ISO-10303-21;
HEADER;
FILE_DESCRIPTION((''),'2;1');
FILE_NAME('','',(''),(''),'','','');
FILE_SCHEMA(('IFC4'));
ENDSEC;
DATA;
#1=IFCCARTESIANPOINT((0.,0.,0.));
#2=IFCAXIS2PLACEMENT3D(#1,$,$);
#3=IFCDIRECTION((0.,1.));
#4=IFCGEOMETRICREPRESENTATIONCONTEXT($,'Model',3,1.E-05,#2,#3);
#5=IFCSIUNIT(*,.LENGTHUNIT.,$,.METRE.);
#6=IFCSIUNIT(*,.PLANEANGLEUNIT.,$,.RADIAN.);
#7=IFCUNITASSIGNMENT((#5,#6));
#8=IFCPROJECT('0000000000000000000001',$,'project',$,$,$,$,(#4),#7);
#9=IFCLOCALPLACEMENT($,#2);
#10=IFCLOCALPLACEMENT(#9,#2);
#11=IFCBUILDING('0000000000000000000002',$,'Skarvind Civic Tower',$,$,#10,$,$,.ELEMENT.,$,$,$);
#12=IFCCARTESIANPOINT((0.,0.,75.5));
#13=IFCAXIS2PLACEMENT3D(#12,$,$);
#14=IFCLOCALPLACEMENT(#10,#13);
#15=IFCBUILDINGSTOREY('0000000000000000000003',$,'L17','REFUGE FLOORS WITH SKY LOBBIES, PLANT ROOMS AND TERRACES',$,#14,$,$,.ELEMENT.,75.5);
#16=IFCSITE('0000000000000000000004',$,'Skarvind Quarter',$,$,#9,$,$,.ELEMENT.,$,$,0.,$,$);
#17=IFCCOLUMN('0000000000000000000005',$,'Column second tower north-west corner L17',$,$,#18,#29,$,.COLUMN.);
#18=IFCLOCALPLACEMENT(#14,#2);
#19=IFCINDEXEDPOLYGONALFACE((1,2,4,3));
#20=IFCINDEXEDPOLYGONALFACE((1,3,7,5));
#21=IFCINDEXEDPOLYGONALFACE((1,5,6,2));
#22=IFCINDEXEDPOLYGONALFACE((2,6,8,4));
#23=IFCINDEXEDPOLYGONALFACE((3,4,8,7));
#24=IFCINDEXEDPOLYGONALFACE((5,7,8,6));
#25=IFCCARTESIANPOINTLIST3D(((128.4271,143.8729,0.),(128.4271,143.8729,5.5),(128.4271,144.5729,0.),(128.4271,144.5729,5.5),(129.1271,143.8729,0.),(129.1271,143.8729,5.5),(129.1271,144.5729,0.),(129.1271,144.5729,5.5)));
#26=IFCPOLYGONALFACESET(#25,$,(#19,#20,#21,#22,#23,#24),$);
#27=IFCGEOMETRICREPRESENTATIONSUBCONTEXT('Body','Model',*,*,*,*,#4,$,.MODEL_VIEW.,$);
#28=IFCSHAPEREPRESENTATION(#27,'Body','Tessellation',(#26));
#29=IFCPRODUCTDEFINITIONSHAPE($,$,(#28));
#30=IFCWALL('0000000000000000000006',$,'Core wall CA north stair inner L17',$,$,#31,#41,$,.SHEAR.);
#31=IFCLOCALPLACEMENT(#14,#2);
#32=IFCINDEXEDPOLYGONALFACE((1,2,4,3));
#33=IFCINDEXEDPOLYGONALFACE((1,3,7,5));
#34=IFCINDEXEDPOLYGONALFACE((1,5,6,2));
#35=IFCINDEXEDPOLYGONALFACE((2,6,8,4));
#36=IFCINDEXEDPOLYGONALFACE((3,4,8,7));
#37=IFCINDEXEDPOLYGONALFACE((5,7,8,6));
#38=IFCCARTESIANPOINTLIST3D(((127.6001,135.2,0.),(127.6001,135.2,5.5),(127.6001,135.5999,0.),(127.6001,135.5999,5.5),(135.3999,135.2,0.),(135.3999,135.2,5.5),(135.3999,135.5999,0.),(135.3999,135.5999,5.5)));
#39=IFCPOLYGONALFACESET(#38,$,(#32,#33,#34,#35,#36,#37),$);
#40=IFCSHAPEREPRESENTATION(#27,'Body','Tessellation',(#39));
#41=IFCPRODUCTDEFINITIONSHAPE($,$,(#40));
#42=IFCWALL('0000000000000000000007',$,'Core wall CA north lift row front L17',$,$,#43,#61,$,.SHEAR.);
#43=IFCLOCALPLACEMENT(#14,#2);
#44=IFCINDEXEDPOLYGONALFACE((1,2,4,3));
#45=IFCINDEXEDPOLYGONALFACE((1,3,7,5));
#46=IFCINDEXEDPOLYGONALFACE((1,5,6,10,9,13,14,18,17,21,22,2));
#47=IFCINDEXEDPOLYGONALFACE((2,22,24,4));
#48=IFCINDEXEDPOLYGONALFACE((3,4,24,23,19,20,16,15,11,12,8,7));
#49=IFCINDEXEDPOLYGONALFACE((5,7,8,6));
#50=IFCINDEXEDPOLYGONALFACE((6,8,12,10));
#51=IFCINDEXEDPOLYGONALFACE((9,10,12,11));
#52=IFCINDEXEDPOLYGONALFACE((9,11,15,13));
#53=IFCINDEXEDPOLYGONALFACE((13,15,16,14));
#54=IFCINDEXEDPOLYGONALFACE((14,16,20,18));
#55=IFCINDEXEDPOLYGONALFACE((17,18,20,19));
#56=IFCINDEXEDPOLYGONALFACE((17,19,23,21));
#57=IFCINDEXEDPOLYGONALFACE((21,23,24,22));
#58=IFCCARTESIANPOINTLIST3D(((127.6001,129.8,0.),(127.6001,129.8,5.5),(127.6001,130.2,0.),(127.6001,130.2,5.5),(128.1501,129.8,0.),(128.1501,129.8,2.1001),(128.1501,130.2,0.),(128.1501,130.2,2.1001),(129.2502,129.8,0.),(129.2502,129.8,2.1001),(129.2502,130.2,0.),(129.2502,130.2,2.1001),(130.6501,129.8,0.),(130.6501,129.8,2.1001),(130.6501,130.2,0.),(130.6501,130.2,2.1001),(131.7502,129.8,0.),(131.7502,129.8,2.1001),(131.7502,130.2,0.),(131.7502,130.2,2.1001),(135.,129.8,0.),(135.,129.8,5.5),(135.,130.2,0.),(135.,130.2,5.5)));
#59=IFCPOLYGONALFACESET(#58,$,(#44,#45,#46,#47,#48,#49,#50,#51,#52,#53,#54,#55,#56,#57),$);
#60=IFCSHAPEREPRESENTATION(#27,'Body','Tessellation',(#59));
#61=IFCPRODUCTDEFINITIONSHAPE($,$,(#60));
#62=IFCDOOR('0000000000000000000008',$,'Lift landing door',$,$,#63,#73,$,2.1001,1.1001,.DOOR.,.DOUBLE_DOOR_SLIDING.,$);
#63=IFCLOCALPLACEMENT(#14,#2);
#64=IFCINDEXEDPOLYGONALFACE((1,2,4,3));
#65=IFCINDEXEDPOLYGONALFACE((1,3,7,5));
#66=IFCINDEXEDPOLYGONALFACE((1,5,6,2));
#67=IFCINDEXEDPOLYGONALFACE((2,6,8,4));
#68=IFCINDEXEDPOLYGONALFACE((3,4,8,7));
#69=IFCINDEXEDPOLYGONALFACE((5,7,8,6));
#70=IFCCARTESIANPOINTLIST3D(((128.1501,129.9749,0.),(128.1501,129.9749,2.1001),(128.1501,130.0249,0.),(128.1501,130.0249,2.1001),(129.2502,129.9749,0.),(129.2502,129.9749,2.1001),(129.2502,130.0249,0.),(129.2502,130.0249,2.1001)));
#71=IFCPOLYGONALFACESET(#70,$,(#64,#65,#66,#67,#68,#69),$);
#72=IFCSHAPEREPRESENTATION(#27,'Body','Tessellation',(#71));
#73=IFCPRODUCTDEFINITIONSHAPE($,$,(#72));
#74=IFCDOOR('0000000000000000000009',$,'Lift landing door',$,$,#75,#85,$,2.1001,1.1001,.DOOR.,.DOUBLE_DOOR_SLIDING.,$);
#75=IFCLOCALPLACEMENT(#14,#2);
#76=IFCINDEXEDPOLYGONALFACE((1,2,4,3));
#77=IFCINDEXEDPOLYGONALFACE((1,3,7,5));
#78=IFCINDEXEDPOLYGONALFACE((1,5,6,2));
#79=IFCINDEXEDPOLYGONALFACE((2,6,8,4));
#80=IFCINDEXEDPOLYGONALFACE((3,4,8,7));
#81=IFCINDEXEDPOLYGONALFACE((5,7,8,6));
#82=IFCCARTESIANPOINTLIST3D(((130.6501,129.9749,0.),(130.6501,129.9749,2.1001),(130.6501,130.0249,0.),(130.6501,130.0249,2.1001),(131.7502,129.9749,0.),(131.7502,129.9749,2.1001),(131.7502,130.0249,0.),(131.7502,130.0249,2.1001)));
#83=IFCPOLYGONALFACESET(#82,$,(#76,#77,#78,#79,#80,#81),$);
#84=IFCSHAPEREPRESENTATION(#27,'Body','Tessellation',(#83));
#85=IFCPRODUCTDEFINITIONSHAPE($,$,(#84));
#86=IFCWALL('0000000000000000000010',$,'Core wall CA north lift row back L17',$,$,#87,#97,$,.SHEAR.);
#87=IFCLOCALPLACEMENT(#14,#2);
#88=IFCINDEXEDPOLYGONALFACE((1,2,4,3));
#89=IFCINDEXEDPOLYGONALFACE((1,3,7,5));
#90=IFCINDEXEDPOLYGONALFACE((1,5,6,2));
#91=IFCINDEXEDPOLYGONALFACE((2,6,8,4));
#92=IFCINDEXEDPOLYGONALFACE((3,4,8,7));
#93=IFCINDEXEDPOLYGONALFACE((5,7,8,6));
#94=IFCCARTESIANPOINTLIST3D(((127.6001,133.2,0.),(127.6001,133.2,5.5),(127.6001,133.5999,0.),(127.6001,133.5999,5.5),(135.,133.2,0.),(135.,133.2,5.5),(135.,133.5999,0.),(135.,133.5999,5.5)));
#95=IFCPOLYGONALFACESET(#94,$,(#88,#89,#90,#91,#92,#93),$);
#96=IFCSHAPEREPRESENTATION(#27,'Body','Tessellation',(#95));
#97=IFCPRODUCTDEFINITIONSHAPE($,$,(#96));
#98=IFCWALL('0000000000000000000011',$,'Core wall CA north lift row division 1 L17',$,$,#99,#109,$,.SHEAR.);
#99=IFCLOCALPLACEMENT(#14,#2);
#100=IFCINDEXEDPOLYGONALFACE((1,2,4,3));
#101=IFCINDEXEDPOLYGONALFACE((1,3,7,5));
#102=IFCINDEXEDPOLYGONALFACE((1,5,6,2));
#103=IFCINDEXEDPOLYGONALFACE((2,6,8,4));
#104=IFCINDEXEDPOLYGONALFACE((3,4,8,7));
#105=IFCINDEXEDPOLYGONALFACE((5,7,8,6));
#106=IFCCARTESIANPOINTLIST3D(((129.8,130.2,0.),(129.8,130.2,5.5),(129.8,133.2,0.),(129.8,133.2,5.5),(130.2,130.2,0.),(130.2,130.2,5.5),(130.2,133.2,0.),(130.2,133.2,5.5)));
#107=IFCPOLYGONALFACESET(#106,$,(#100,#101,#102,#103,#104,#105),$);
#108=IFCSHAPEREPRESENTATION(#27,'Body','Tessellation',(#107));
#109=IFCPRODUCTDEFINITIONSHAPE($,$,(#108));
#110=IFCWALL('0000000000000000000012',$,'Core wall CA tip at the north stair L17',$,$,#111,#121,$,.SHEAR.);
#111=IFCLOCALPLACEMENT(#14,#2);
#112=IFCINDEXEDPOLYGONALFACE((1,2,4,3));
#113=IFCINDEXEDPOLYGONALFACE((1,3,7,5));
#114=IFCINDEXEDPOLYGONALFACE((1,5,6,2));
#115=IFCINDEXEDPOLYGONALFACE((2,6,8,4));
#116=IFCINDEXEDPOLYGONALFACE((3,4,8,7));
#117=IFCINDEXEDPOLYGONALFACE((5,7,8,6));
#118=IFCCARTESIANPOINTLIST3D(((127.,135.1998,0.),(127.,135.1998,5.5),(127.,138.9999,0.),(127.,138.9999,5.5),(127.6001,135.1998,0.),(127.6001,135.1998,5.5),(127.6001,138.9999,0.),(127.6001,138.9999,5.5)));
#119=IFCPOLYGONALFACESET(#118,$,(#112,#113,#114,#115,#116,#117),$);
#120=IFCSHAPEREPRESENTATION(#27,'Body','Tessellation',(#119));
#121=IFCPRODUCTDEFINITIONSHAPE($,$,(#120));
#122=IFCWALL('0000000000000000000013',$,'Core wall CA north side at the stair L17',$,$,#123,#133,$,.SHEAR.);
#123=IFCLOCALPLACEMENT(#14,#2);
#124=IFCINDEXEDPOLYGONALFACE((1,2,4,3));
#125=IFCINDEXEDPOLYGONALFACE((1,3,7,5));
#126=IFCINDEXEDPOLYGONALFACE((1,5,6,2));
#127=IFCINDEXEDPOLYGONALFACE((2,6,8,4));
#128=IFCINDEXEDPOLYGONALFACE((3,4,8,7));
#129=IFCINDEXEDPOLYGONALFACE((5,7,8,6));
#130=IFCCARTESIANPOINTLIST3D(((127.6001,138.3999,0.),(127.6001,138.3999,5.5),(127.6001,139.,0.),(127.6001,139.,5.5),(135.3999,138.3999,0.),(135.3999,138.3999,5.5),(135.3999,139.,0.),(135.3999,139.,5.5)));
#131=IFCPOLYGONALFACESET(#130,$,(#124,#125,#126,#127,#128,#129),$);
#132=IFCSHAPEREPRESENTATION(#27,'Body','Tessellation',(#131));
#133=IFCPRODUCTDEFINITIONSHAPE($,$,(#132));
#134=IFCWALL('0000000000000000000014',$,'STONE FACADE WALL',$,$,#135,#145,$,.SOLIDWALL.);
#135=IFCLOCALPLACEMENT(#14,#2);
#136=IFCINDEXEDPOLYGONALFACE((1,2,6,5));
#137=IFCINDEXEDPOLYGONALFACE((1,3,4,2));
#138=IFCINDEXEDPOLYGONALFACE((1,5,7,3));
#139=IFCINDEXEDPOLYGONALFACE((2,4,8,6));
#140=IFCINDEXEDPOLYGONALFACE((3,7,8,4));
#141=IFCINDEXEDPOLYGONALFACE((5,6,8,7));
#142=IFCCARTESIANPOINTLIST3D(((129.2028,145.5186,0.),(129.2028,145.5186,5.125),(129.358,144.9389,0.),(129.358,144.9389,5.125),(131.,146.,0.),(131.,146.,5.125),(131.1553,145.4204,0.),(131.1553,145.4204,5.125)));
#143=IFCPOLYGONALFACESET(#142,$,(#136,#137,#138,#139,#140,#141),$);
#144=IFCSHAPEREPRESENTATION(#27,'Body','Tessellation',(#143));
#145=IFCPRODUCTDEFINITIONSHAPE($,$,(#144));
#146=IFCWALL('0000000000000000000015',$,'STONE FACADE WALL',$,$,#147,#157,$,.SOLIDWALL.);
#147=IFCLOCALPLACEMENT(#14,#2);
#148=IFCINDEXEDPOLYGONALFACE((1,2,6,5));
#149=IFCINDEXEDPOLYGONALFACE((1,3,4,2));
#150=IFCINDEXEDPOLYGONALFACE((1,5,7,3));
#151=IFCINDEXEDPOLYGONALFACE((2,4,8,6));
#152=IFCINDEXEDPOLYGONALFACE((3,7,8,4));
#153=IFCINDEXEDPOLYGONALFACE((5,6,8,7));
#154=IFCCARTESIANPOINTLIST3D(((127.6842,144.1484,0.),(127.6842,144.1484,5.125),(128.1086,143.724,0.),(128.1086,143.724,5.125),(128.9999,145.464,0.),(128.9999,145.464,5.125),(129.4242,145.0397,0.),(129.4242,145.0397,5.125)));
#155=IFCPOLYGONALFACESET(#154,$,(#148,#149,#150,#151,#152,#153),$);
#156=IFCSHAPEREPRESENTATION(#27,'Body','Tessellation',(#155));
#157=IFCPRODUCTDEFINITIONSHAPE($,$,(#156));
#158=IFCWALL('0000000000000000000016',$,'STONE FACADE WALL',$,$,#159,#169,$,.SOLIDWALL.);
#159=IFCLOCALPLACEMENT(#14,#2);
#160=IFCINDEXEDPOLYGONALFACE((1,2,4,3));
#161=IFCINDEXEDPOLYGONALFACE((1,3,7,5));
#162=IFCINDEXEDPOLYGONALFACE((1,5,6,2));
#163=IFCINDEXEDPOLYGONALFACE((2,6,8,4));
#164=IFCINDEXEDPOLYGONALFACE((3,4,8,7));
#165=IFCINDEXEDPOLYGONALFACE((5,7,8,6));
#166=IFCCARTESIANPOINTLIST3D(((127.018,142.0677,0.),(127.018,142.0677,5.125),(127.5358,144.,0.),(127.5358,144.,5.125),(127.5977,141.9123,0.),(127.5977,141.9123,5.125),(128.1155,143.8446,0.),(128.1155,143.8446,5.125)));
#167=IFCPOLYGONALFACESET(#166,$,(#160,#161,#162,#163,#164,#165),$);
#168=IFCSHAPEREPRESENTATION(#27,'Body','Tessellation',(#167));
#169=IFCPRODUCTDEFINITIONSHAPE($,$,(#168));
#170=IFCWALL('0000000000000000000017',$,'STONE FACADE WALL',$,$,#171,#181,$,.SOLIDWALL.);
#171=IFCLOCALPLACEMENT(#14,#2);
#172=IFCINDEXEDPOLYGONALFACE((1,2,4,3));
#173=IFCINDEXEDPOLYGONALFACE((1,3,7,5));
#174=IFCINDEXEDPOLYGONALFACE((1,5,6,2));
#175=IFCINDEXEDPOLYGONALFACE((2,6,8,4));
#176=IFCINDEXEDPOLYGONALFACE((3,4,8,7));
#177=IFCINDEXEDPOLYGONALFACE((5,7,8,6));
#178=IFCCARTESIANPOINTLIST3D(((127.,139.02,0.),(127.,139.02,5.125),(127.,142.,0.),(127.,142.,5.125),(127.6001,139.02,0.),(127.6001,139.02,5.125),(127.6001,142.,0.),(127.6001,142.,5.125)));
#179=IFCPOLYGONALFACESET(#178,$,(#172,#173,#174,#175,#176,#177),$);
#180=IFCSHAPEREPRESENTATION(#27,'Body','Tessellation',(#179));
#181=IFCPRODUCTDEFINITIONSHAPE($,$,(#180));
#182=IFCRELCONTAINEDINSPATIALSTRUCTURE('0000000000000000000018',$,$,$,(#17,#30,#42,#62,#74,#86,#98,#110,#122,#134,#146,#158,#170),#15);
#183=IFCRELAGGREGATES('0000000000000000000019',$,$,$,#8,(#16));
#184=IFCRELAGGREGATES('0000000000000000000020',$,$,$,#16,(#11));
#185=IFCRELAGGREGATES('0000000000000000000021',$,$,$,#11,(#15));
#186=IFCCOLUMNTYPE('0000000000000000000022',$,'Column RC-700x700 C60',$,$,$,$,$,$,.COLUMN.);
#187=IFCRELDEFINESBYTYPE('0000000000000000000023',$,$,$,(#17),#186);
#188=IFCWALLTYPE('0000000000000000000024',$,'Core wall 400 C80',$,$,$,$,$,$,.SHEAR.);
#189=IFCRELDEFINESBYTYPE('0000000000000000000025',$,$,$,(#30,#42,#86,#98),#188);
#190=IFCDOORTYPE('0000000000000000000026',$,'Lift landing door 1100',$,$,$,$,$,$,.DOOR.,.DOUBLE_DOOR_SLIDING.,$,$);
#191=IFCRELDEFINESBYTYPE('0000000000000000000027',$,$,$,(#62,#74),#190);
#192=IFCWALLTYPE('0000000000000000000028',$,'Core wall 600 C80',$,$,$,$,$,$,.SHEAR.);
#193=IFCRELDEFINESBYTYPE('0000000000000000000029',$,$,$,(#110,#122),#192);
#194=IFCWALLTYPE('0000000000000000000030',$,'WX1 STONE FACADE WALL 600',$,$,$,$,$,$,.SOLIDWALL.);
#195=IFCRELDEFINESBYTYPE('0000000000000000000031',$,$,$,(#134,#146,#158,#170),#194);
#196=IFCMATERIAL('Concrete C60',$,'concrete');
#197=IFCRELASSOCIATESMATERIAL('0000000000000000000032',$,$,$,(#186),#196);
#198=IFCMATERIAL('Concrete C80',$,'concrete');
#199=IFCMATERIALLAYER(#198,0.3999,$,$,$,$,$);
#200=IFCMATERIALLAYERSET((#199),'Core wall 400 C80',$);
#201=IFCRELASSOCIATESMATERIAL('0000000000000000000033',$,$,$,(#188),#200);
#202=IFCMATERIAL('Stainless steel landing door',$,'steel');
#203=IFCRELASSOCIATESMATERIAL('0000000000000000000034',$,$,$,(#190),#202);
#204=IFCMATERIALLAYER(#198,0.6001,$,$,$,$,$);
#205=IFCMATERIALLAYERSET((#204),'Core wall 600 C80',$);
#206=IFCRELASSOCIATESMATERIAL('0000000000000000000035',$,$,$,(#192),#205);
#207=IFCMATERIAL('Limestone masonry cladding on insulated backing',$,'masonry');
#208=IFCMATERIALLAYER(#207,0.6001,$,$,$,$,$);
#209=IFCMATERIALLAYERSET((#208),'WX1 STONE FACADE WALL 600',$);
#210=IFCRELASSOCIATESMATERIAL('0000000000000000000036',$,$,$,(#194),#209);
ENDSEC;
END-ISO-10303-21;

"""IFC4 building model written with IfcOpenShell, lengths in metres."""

from ifc_helpers import new_model, si_unit, direction, frame, frame_2d, origin, origin_2d, place, context, subcontext, project, spatial, rectangle, extrude, material, layer, layer_set, material_profile, profile_set, type_object, element, fill, save


model = new_model("IFC4")

# Units and contexts
model_context = context("Model", 3, precision=1e-05, world=origin(), true_north=direction((0.0, 1.0)))
body_context = subcontext(model_context, "Body", "Model", "MODEL_VIEW")
ifc_project = project(units=[si_unit("LENGTHUNIT", "METRE"), si_unit("PLANEANGLEUNIT", "RADIAN")], contexts=[model_context])

# Site, building, storey
site_placement = place(None, origin())
site = spatial("IfcSite", under=ifc_project, at=site_placement, Name="Skarvind Quarter", CompositionType="ELEMENT", RefElevation=0.0)
building_placement = place(site_placement, origin())
building = spatial("IfcBuilding", under=site, at=building_placement, Name="Skarvind Civic Tower", CompositionType="ELEMENT")
storey_placement = place(building_placement, frame((0.0, 0.0, 75.5)))
storey = spatial("IfcBuildingStorey", under=building, at=storey_placement, Name="L17", Description="REFUGE FLOORS WITH SKY LOBBIES, PLANT ROOMS AND TERRACES", CompositionType="ELEMENT", Elevation=75.5)

# Column
ifc_material_1 = material(Name="Concrete C60", Category="concrete")
ifc_material_profile = material_profile(ifc_material_1, rectangle(XDim=0.7, YDim=0.7, at=origin_2d()), Name="RC-700x700")
ifc_profile_set = profile_set([ifc_material_profile], Name="Concrete C60")
column_type = type_object("IfcColumnType", Name="Column RC-700x700 C60", PredefinedType="COLUMN", material=ifc_profile_set)
column_placement = place(storey_placement, frame((128.7771, 144.2229, 0.0), z_axis=(0.0, 0.0, 1.0), x_axis=(1.0, 0.0, 0.0)))
element("IfcColumn", 1, at=column_placement, inside=storey, type_object=column_type, Name="Column second tower north-west corner L17", PredefinedType="COLUMN", context=body_context, shape_type="SweptSolid", body=[
    extrude(rectangle(XDim=0.7, YDim=0.7, at=origin_2d()), origin(), (0.0, 0.0, 1.0), 5.5),
])

# Wall
ifc_material_2 = material(Name="Concrete C80", Category="concrete")
ifc_layer_1 = layer(ifc_material_2, 0.3999)
ifc_layer_set_1 = layer_set([ifc_layer_1], Name="Core wall 400 C80")
wall_type_1 = type_object("IfcWallType", Name="Core wall 400 C80", PredefinedType="SHEAR", material=ifc_layer_set_1)
wall_1_placement = place(storey_placement, frame((127.6001, 135.3999, 0.0), z_axis=(0.0, 0.0, 1.0), x_axis=(1.0, 0.0, 0.0)))
element("IfcWall", 2, at=wall_1_placement, inside=storey, type_object=wall_type_1, Name="Core wall CA north stair inner L17", PredefinedType="SHEAR", context=body_context, shape_type="SweptSolid", body=[
    extrude(rectangle(XDim=7.7998, YDim=0.3999, at=frame_2d((3.8999, 0.0))), origin(), (0.0, 0.0, 1.0), 5.5),
])

# Wall, openings, doors
wall_2_placement = place(storey_placement, frame((127.6001, 130.0, 0.0), z_axis=(0.0, 0.0, 1.0), x_axis=(1.0, 0.0, 0.0)))
wall_2 = element("IfcWall", 3, at=wall_2_placement, inside=storey, type_object=wall_type_1, Name="Core wall CA north lift row front L17", PredefinedType="SHEAR", context=body_context, shape_type="SweptSolid", body=[
    extrude(rectangle(XDim=7.3999, YDim=0.3999, at=frame_2d((3.7, 0.0))), origin(), (0.0, 0.0, 1.0), 5.5),
])
opening_1_placement = place(wall_2_placement, frame((0.55, 0.0, 0.0)))
opening_1 = element("IfcOpeningElement", 4, at=opening_1_placement, cuts=wall_2, PredefinedType="OPENING", context=body_context, shape_type="SweptSolid", body=[
    extrude(rectangle(XDim=1.1001, YDim=2.1001, at=frame_2d((0.55, 1.05))), frame((0.0, 0.21, 0.0), z_axis=(0.0, -1.0, 0.0), x_axis=(1.0, 0.0, 0.0)), (0.0, 0.0, 1.0), 0.4199),
])
opening_2_placement = place(wall_2_placement, frame((3.05, 0.0, 0.0)))
opening_2 = element("IfcOpeningElement", 5, at=opening_2_placement, cuts=wall_2, PredefinedType="OPENING", context=body_context, shape_type="SweptSolid", body=[
    extrude(rectangle(XDim=1.1001, YDim=2.1001, at=frame_2d((0.55, 1.05))), frame((0.0, 0.21, 0.0), z_axis=(0.0, -1.0, 0.0), x_axis=(1.0, 0.0, 0.0)), (0.0, 0.0, 1.0), 0.4199),
])
ifc_material_3 = material(Name="Stainless steel landing door", Category="steel")
door_type = type_object("IfcDoorType", Name="Lift landing door 1100", OperationType="DOUBLE_DOOR_SLIDING", PredefinedType="DOOR", material=ifc_material_3)
door_1_placement = place(opening_1_placement, origin())
door_1 = element("IfcDoor", 6, at=door_1_placement, inside=storey, type_object=door_type, Name="Lift landing door", OperationType="DOUBLE_DOOR_SLIDING", OverallHeight=2.1001, OverallWidth=1.1001, PredefinedType="DOOR", context=body_context, shape_type="SweptSolid", body=[
    extrude(rectangle(XDim=1.1001, YDim=2.1001, at=frame_2d((0.55, 1.05))), frame((0.0, 0.0249, 0.0), z_axis=(0.0, -1.0, 0.0), x_axis=(1.0, 0.0, 0.0)), (0.0, 0.0, 1.0), 0.05),
])
fill(opening_1, door_1)
door_2_placement = place(opening_2_placement, origin())
door_2 = element("IfcDoor", 7, at=door_2_placement, inside=storey, type_object=door_type, Name="Lift landing door", OperationType="DOUBLE_DOOR_SLIDING", OverallHeight=2.1001, OverallWidth=1.1001, PredefinedType="DOOR", context=body_context, shape_type="SweptSolid", body=[
    extrude(rectangle(XDim=1.1001, YDim=2.1001, at=frame_2d((0.55, 1.05))), frame((0.0, 0.0249, 0.0), z_axis=(0.0, -1.0, 0.0), x_axis=(1.0, 0.0, 0.0)), (0.0, 0.0, 1.0), 0.05),
])
fill(opening_2, door_2)

# Walls
wall_3_placement = place(storey_placement, frame((127.6001, 133.3999, 0.0), z_axis=(0.0, 0.0, 1.0), x_axis=(1.0, 0.0, 0.0)))
element("IfcWall", 8, at=wall_3_placement, inside=storey, type_object=wall_type_1, Name="Core wall CA north lift row back L17", PredefinedType="SHEAR", context=body_context, shape_type="SweptSolid", body=[
    extrude(rectangle(XDim=7.3999, YDim=0.3999, at=frame_2d((3.7, 0.0))), origin(), (0.0, 0.0, 1.0), 5.5),
])
wall_4_placement = place(storey_placement, frame((130.0, 130.2, 0.0), z_axis=(0.0, 0.0, 1.0), x_axis=(0.0, 1.0, 0.0)))
element("IfcWall", 9, at=wall_4_placement, inside=storey, type_object=wall_type_1, Name="Core wall CA north lift row division 1 L17", PredefinedType="SHEAR", context=body_context, shape_type="SweptSolid", body=[
    extrude(rectangle(XDim=3.0, YDim=0.3999, at=frame_2d((1.5, 0.0))), origin(), (0.0, 0.0, 1.0), 5.5),
])
ifc_layer_2 = layer(ifc_material_2, 0.6001)
ifc_layer_set_2 = layer_set([ifc_layer_2], Name="Core wall 600 C80")
wall_type_2 = type_object("IfcWallType", Name="Core wall 600 C80", PredefinedType="SHEAR", material=ifc_layer_set_2)
wall_5_placement = place(storey_placement, frame((127.3, 135.2, 0.0), z_axis=(0.0, 0.0, 1.0), x_axis=(0.0, 1.0, 0.0)))
element("IfcWall", 10, at=wall_5_placement, inside=storey, type_object=wall_type_2, Name="Core wall CA tip at the north stair L17", PredefinedType="SHEAR", context=body_context, shape_type="SweptSolid", body=[
    extrude(rectangle(XDim=3.8, YDim=0.6001, at=frame_2d((1.8999, 0.0))), origin(), (0.0, 0.0, 1.0), 5.5),
])
wall_6_placement = place(storey_placement, frame((127.6001, 138.7, 0.0), z_axis=(0.0, 0.0, 1.0), x_axis=(1.0, 0.0, 0.0)))
element("IfcWall", 11, at=wall_6_placement, inside=storey, type_object=wall_type_2, Name="Core wall CA north side at the stair L17", PredefinedType="SHEAR", context=body_context, shape_type="SweptSolid", body=[
    extrude(rectangle(XDim=7.7998, YDim=0.6001, at=frame_2d((3.8999, 0.0))), origin(), (0.0, 0.0, 1.0), 5.5),
])
ifc_material_4 = material(Name="Limestone masonry cladding on insulated backing", Category="masonry")
ifc_layer_3 = layer(ifc_material_4, 0.6001)
ifc_layer_set_3 = layer_set([ifc_layer_3], Name="WX1 STONE FACADE WALL 600")
wall_type_3 = type_object("IfcWallType", Name="WX1 STONE FACADE WALL 600", PredefinedType="SOLIDWALL", material=ifc_layer_set_3)
for number, where, z_axis, x_axis, name in (
    (12, (129.2805, 145.2288, 0.0), (0.0, 0.0, 1.0), (0.965938, 0.258773, 0.0), "STONE FACADE WALL"),
    (13, (127.8965, 143.9363, 0.0), (0.0, 0.0, 1.0), (0.707107, 0.707107, 0.0), "STONE FACADE WALL"),
):
    element("IfcWall", number, at=place(storey_placement, frame(where, z_axis=z_axis, x_axis=x_axis)), inside=storey, type_object=wall_type_3, Name=name, PredefinedType="SOLIDWALL", context=body_context, shape_type="SweptSolid", body=[
        extrude(rectangle(XDim=1.8606, YDim=0.6001, at=frame_2d((0.9302, 0.0))), origin(), (0.0, 0.0, 1.0), 5.125),
    ])
wall_7_placement = place(storey_placement, frame((127.3079, 141.99, 0.0), z_axis=(0.0, 0.0, 1.0), x_axis=(0.25884, 0.96592, 0.0)))
element("IfcWall", 14, at=wall_7_placement, inside=storey, type_object=wall_type_3, Name="STONE FACADE WALL", PredefinedType="SOLIDWALL", context=body_context, shape_type="SweptSolid", body=[
    extrude(rectangle(XDim=2.0005, YDim=0.6001, at=frame_2d((1.0002, 0.0))), origin(), (0.0, 0.0, 1.0), 5.125),
])
wall_8_placement = place(storey_placement, frame((127.3, 139.02, 0.0), z_axis=(0.0, 0.0, 1.0), x_axis=(0.0, 1.0, 0.0)))
element("IfcWall", 15, at=wall_8_placement, inside=storey, type_object=wall_type_3, Name="STONE FACADE WALL", PredefinedType="SOLIDWALL", context=body_context, shape_type="SweptSolid", body=[
    extrude(rectangle(XDim=2.98, YDim=0.6001, at=frame_2d((1.49, 0.0))), origin(), (0.0, 0.0, 1.0), 5.125),
])

save(model, "model.ifc")
